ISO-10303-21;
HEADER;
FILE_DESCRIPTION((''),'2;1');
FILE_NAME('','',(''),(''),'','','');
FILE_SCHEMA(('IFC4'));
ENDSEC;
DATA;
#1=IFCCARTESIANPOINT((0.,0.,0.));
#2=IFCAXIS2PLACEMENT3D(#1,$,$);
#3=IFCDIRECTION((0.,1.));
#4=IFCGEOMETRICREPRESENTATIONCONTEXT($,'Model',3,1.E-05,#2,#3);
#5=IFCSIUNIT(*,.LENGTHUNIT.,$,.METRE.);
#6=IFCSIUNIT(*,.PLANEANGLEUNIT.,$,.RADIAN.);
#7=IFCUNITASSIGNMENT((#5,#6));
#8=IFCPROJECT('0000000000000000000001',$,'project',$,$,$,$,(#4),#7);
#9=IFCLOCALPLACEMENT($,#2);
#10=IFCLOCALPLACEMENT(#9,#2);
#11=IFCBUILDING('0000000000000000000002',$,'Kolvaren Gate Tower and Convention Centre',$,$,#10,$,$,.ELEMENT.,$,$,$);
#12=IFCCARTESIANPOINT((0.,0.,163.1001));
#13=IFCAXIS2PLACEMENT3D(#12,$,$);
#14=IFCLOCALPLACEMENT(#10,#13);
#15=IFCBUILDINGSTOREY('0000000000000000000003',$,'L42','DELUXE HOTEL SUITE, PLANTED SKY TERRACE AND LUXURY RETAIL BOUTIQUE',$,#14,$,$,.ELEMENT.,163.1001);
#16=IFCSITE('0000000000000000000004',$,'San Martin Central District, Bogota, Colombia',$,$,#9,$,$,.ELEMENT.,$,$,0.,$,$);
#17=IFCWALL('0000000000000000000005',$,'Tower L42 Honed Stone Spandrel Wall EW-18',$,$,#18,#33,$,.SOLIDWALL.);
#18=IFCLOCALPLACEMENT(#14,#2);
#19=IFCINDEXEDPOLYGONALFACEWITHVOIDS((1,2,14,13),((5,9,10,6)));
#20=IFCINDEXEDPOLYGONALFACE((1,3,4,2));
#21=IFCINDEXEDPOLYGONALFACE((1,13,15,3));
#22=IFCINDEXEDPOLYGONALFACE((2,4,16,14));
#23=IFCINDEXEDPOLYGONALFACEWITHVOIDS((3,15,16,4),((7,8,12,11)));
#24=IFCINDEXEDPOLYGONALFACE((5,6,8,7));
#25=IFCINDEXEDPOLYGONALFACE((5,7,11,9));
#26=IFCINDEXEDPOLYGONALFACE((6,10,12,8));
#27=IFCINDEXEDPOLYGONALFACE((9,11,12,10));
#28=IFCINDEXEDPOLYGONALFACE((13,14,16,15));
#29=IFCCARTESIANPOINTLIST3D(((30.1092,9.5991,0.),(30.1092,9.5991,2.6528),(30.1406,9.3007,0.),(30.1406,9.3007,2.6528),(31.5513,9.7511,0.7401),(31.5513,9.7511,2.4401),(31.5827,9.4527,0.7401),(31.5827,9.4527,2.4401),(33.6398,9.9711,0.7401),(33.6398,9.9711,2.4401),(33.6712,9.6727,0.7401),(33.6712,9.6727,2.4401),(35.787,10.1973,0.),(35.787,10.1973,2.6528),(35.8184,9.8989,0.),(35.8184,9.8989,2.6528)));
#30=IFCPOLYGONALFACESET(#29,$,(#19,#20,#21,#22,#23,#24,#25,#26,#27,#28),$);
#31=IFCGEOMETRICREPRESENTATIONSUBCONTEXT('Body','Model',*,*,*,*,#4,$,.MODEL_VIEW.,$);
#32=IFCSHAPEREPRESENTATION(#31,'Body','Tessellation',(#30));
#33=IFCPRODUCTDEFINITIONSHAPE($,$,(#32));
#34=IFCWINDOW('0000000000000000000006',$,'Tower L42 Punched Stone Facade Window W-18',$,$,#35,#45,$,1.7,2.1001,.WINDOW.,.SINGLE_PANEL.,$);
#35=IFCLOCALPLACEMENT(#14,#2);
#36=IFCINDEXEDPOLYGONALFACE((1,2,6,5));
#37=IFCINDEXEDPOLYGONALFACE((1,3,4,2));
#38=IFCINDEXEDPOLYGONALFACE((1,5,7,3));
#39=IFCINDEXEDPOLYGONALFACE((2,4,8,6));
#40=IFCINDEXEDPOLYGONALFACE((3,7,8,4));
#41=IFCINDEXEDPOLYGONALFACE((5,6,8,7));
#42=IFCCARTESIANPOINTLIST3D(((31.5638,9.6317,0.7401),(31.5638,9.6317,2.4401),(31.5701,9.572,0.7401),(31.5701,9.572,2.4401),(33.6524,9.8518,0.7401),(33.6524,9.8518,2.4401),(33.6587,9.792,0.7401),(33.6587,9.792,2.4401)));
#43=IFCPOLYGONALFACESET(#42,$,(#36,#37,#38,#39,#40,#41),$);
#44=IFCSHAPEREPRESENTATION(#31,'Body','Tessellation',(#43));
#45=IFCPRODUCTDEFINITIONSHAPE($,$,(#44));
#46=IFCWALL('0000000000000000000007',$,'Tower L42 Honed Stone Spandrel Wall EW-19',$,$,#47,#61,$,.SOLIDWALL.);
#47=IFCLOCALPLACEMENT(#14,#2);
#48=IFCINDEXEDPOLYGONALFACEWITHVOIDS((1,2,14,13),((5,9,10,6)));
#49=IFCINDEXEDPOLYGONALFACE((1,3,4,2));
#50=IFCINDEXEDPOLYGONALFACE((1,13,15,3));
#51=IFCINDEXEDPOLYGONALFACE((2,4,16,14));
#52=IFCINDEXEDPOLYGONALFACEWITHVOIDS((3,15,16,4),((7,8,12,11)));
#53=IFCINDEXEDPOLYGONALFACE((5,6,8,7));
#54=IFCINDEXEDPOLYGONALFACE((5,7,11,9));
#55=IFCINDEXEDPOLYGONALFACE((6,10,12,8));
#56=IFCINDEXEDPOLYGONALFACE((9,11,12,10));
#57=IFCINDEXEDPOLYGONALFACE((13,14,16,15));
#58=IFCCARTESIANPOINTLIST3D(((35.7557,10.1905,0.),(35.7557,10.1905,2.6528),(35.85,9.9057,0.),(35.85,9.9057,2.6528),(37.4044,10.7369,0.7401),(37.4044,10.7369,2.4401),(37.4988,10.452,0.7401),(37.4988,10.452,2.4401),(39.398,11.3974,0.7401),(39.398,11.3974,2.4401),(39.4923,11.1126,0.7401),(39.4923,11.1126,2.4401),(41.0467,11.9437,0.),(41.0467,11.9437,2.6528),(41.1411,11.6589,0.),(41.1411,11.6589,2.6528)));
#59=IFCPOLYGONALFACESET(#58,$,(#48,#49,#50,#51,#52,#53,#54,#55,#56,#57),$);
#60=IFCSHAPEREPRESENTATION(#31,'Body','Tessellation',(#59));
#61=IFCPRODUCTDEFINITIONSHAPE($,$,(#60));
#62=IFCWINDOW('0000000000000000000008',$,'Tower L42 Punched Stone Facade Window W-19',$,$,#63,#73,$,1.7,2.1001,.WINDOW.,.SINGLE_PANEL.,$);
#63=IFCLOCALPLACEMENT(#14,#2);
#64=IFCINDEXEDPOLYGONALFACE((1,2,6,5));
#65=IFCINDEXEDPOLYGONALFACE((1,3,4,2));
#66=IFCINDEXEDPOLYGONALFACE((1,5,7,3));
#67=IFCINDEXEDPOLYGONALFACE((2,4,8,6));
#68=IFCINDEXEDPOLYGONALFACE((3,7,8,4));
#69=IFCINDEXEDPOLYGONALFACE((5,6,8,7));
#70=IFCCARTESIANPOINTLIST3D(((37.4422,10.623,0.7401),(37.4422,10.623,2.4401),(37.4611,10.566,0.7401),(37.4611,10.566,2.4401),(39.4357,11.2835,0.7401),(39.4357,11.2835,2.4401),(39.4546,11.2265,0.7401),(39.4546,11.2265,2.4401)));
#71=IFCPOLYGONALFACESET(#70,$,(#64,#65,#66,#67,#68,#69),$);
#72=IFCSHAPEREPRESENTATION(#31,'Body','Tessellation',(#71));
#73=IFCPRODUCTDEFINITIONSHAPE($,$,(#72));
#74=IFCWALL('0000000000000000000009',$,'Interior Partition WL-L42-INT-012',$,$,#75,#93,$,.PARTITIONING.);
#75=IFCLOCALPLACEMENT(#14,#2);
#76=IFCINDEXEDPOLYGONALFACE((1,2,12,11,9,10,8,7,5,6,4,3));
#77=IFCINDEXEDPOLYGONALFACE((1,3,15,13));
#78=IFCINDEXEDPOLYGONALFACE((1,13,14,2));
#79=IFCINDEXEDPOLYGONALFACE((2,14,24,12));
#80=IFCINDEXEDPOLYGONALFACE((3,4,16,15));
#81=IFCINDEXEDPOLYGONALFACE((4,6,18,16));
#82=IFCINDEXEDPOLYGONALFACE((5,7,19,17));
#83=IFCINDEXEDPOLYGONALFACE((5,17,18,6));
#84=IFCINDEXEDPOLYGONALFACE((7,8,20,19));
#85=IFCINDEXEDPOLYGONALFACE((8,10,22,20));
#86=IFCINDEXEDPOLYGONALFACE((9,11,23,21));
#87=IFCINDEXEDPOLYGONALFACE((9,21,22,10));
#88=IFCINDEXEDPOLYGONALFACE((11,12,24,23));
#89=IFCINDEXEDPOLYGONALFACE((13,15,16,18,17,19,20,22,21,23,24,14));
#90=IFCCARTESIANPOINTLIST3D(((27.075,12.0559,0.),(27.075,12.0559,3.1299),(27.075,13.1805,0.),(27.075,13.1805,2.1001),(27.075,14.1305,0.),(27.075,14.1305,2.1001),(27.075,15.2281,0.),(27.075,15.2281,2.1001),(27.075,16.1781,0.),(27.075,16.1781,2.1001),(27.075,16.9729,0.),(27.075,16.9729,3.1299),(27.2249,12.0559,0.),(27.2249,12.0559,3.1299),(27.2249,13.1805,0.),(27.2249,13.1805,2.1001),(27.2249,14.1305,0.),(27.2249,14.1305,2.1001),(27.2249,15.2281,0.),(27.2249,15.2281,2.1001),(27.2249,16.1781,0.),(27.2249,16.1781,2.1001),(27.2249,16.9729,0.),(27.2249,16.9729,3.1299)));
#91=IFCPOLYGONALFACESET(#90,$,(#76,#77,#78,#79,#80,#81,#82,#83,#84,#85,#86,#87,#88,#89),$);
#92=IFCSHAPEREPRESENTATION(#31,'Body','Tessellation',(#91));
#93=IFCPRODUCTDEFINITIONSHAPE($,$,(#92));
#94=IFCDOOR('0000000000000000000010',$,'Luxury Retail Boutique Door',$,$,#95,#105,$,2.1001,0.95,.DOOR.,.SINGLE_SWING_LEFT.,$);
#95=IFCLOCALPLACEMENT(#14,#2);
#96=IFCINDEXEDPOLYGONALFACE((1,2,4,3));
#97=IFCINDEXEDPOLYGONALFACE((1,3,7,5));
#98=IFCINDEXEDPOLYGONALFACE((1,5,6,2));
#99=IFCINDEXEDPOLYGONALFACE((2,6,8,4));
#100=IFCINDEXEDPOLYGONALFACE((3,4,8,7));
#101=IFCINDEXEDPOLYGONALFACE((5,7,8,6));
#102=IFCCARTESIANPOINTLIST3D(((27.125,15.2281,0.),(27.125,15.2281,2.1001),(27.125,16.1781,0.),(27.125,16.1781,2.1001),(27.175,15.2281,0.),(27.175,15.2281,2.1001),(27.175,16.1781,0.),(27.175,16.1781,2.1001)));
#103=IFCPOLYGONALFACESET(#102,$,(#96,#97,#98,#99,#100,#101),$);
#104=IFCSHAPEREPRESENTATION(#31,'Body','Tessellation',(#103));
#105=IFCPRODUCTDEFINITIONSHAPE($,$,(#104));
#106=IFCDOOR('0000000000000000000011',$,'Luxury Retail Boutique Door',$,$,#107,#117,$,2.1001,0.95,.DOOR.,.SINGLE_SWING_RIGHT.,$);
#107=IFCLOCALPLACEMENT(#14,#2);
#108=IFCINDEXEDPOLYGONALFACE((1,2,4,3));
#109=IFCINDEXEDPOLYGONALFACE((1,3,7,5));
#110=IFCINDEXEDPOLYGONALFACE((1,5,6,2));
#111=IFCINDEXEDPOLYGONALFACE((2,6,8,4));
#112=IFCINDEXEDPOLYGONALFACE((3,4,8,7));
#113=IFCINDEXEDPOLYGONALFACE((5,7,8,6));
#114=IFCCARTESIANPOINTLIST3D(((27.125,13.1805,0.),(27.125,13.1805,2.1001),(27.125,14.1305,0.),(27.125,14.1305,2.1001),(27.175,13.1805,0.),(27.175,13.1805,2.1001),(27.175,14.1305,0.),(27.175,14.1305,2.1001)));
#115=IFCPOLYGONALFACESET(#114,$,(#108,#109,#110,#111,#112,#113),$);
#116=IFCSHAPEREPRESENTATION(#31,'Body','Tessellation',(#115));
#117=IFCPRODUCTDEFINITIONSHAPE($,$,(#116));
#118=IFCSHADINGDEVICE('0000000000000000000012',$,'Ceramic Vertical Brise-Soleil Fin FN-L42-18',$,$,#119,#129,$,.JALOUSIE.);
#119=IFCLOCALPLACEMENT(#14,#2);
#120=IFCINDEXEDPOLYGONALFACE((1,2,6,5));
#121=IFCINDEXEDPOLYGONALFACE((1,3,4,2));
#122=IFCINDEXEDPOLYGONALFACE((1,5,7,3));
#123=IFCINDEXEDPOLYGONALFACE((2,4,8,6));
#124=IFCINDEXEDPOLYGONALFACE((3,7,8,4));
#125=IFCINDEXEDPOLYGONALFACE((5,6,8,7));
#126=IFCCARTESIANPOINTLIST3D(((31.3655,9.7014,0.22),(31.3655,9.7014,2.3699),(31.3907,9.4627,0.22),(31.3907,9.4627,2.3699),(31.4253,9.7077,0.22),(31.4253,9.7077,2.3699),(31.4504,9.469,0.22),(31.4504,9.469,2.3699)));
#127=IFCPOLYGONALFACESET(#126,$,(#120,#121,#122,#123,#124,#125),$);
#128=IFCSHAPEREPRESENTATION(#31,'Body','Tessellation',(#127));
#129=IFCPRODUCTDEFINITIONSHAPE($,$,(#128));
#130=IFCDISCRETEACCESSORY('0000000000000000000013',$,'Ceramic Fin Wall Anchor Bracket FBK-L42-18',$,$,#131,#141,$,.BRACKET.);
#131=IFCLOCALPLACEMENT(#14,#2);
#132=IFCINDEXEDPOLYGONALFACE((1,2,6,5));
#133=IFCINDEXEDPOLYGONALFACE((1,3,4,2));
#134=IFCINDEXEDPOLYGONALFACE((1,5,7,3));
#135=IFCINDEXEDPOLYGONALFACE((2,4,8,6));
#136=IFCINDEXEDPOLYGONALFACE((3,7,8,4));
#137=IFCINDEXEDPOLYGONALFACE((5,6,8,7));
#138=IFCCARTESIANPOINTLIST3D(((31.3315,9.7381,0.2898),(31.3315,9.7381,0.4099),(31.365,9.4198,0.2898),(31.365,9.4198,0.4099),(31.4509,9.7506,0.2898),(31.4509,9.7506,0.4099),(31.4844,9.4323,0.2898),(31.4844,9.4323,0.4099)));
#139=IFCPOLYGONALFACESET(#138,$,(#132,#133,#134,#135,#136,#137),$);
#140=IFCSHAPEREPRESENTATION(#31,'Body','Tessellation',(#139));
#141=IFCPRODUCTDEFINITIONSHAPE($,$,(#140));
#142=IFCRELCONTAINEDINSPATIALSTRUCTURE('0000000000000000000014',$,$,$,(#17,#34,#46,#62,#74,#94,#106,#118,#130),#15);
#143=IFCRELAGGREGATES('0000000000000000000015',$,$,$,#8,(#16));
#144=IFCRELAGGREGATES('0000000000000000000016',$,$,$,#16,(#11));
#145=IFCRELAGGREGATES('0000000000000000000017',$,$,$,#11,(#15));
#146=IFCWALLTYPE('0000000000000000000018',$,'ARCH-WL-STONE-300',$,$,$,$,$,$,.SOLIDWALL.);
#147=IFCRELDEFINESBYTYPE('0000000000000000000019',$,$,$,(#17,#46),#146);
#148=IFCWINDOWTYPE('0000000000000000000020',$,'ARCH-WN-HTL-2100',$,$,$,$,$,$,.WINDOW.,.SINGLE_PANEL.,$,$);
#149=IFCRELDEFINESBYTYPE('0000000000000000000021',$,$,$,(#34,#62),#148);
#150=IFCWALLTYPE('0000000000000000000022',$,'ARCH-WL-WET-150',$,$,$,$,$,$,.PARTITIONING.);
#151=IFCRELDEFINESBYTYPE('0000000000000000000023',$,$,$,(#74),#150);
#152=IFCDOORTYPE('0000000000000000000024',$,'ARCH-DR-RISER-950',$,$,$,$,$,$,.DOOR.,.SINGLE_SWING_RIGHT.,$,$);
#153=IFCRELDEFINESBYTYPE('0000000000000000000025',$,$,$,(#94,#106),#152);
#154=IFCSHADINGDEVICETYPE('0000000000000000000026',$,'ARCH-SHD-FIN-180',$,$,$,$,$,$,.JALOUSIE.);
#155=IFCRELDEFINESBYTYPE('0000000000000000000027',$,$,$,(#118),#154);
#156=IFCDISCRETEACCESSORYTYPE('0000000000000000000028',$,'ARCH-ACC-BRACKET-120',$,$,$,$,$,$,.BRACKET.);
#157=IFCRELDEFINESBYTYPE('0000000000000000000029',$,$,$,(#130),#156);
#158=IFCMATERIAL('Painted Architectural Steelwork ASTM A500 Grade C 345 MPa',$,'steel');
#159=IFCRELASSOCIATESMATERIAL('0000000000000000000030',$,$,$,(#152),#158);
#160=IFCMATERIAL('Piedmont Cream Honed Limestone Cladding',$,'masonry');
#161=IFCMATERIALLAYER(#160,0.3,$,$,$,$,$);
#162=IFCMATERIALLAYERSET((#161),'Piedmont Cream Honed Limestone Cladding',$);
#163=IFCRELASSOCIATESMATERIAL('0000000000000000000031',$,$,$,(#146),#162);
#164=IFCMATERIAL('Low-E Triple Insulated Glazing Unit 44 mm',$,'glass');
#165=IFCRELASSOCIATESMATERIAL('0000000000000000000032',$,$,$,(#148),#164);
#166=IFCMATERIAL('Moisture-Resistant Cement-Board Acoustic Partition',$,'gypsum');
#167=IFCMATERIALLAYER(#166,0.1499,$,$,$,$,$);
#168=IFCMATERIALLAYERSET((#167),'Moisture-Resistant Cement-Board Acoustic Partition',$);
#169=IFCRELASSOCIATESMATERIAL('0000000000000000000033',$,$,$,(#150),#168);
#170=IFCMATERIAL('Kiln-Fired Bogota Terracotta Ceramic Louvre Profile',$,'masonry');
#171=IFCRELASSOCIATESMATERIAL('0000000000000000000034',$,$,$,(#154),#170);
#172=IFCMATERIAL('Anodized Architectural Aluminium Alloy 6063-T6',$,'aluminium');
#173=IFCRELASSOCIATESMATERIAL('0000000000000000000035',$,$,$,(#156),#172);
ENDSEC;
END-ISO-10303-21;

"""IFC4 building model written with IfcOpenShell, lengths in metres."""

from ifc_helpers import new_model, si_unit, direction, frame, frame_2d, origin, origin_2d, place, context, subcontext, project, spatial, rectangle, extrude, material, layer, layer_set, type_object, element, fill, save


model = new_model("IFC4")

# Units and contexts
model_context = context("Model", 3, precision=1e-05, world=origin(), true_north=direction((0.0, 1.0)))
body_context = subcontext(model_context, "Body", "Model", "MODEL_VIEW")
ifc_project = project(units=[si_unit("LENGTHUNIT", "METRE"), si_unit("PLANEANGLEUNIT", "RADIAN")], contexts=[model_context])

# Site, building, storey
site_placement = place(None, origin())
site = spatial("IfcSite", under=ifc_project, at=site_placement, Name="San Martin Central District, Bogota, Colombia", CompositionType="ELEMENT", RefElevation=0.0)
building_placement = place(site_placement, origin())
building = spatial("IfcBuilding", under=site, at=building_placement, Name="Kolvaren Gate Tower and Convention Centre", CompositionType="ELEMENT")
storey_placement = place(building_placement, frame((0.0, 0.0, 163.1001)))
storey = spatial("IfcBuildingStorey", under=building, at=storey_placement, Name="L42", Description="DELUXE HOTEL SUITE, PLANTED SKY TERRACE AND LUXURY RETAIL BOUTIQUE", CompositionType="ELEMENT", Elevation=163.1001)

# Shared definitions
ifc_material_1 = material(Name="Painted Architectural Steelwork ASTM A500 Grade C 345 MPa", Category="steel")
door_type = type_object("IfcDoorType", Name="ARCH-DR-RISER-950", OperationType="SINGLE_SWING_RIGHT", PredefinedType="DOOR", material=ifc_material_1)

# Shared definitions
ifc_material_2 = material(Name="Piedmont Cream Honed Limestone Cladding", Category="masonry")

# Walls, openings, windows
ifc_layer_1 = layer(ifc_material_2, 0.3)
ifc_layer_set_1 = layer_set([ifc_layer_1], Name="Piedmont Cream Honed Limestone Cladding")
wall_type_1 = type_object("IfcWallType", Name="ARCH-WL-STONE-300", PredefinedType="SOLIDWALL", material=ifc_layer_set_1)
wall_1_placement = place(storey_placement, frame((30.125, 9.45, 0.0), z_axis=(0.0, 0.0, 1.0), x_axis=(0.994497, 0.104769, 0.0)))
wall_1 = element("IfcWall", 1, at=wall_1_placement, inside=storey, type_object=wall_type_1, Name="Tower L42 Honed Stone Spandrel Wall EW-18", PredefinedType="SOLIDWALL", context=body_context, shape_type="SweptSolid", body=[
    extrude(rectangle(XDim=5.7092, YDim=0.3, at=frame_2d((2.8545, 0.0))), origin(), (0.0, 0.0, 1.0), 2.6528),
])
opening_1_placement = place(wall_1_placement, frame((1.45, 0.0, 0.74)))
opening_1 = element("IfcOpeningElement", 2, at=opening_1_placement, cuts=wall_1, PredefinedType="OPENING", context=body_context, shape_type="SweptSolid", body=[
    extrude(rectangle(XDim=2.1001, YDim=1.7, at=frame_2d((1.05, 0.8501))), frame((0.0, 0.1599, 0.0), z_axis=(0.0, -1.0, 0.0), x_axis=(1.0, 0.0, 0.0)), (0.0, 0.0, 1.0), 0.3201),
])
ifc_material_3 = material(Name="Low-E Triple Insulated Glazing Unit 44 mm", Category="glass")
window_type = type_object("IfcWindowType", Name="ARCH-WN-HTL-2100", PartitioningType="SINGLE_PANEL", PredefinedType="WINDOW", material=ifc_material_3)
window_1_placement = place(opening_1_placement, origin())
window_1 = element("IfcWindow", 3, at=window_1_placement, inside=storey, type_object=window_type, Name="Tower L42 Punched Stone Facade Window W-18", OverallHeight=1.7, OverallWidth=2.1001, PartitioningType="SINGLE_PANEL", PredefinedType="WINDOW", context=body_context, shape_type="SweptSolid", body=[
    extrude(rectangle(XDim=2.1001, YDim=1.7, at=frame_2d((1.05, 0.8501))), frame((0.0, 0.03, 0.0), z_axis=(0.0, -1.0, 0.0), x_axis=(1.0, 0.0, 0.0)), (0.0, 0.0, 1.0), 0.0601),
])
fill(opening_1, window_1)
wall_2_placement = place(storey_placement, frame((35.8027, 10.0481, 0.0), z_axis=(0.0, 0.0, 1.0), x_axis=(0.949247, 0.314532, 0.0)))
wall_2 = element("IfcWall", 4, at=wall_2_placement, inside=storey, type_object=wall_type_1, Name="Tower L42 Honed Stone Spandrel Wall EW-19", PredefinedType="SOLIDWALL", context=body_context, shape_type="SweptSolid", body=[
    extrude(rectangle(XDim=5.574, YDim=0.3, at=frame_2d((2.7871, 0.0))), origin(), (0.0, 0.0, 1.0), 2.6528),
])
opening_2_placement = place(wall_2_placement, frame((1.7371, 0.0, 0.74)))
opening_2 = element("IfcOpeningElement", 5, at=opening_2_placement, cuts=wall_2, PredefinedType="OPENING", context=body_context, shape_type="SweptSolid", body=[
    extrude(rectangle(XDim=2.1001, YDim=1.7, at=frame_2d((1.05, 0.8501))), frame((0.0, 0.1599, 0.0), z_axis=(0.0, -1.0, 0.0), x_axis=(1.0, 0.0, 0.0)), (0.0, 0.0, 1.0), 0.3201),
])
window_2_placement = place(opening_2_placement, origin())
window_2 = element("IfcWindow", 6, at=window_2_placement, inside=storey, type_object=window_type, Name="Tower L42 Punched Stone Facade Window W-19", OverallHeight=1.7, OverallWidth=2.1001, PartitioningType="SINGLE_PANEL", PredefinedType="WINDOW", context=body_context, shape_type="SweptSolid", body=[
    extrude(rectangle(XDim=2.1001, YDim=1.7, at=frame_2d((1.05, 0.8501))), frame((0.0, 0.03, 0.0), z_axis=(0.0, -1.0, 0.0), x_axis=(1.0, 0.0, 0.0)), (0.0, 0.0, 1.0), 0.0601),
])
fill(opening_2, window_2)

# Wall, openings, doors
ifc_material_4 = material(Name="Moisture-Resistant Cement-Board Acoustic Partition", Category="gypsum")
ifc_layer_2 = layer(ifc_material_4, 0.1499)
ifc_layer_set_2 = layer_set([ifc_layer_2], Name="Moisture-Resistant Cement-Board Acoustic Partition")
wall_type_2 = type_object("IfcWallType", Name="ARCH-WL-WET-150", PredefinedType="PARTITIONING", material=ifc_layer_set_2)
wall_3_placement = place(storey_placement, frame((27.1499, 12.0559, 0.0), z_axis=(0.0, 0.0, 1.0), x_axis=(0.0, 1.0, 0.0)))
wall_3 = element("IfcWall", 7, at=wall_3_placement, inside=storey, type_object=wall_type_2, Name="Interior Partition WL-L42-INT-012", PredefinedType="PARTITIONING", context=body_context, shape_type="SweptSolid", body=[
    extrude(rectangle(XDim=4.917, YDim=0.1499, at=frame_2d((2.4585, 0.0))), origin(), (0.0, 0.0, 1.0), 3.1299),
])
opening_3_placement = place(wall_3_placement, frame((3.1721, 0.0, 0.0)))
opening_3 = element("IfcOpeningElement", 8, at=opening_3_placement, cuts=wall_3, PredefinedType="OPENING", context=body_context, shape_type="SweptSolid", body=[
    extrude(rectangle(XDim=0.95, YDim=2.1001, at=frame_2d((0.4751, 1.05))), frame((0.0, 0.085, 0.0), z_axis=(0.0, -1.0, 0.0), x_axis=(1.0, 0.0, 0.0)), (0.0, 0.0, 1.0), 0.1699),
])
opening_4_placement = place(wall_3_placement, frame((1.1245, 0.0, 0.0)))
opening_4 = element("IfcOpeningElement", 9, at=opening_4_placement, cuts=wall_3, PredefinedType="OPENING", context=body_context, shape_type="SweptSolid", body=[
    extrude(rectangle(XDim=0.95, YDim=2.1001, at=frame_2d((0.4751, 1.05))), frame((0.0, 0.085, 0.0), z_axis=(0.0, -1.0, 0.0), x_axis=(1.0, 0.0, 0.0)), (0.0, 0.0, 1.0), 0.1699),
])
door_1_placement = place(opening_3_placement, origin())
door_1 = element("IfcDoor", 10, at=door_1_placement, inside=storey, type_object=door_type, Name="Luxury Retail Boutique Door", OperationType="SINGLE_SWING_LEFT", OverallHeight=2.1001, OverallWidth=0.95, PredefinedType="DOOR", context=body_context, shape_type="SweptSolid", body=[
    extrude(rectangle(XDim=0.95, YDim=2.1001, at=frame_2d((0.4751, 1.05))), frame((0.0, 0.0249, 0.0), z_axis=(0.0, -1.0, 0.0), x_axis=(1.0, 0.0, 0.0)), (0.0, 0.0, 1.0), 0.05),
])
fill(opening_3, door_1)
door_2_placement = place(opening_4_placement, origin())
door_2 = element("IfcDoor", 11, at=door_2_placement, inside=storey, type_object=door_type, Name="Luxury Retail Boutique Door", OperationType="SINGLE_SWING_RIGHT", OverallHeight=2.1001, OverallWidth=0.95, PredefinedType="DOOR", context=body_context, shape_type="SweptSolid", body=[
    extrude(rectangle(XDim=0.95, YDim=2.1001, at=frame_2d((0.4751, 1.05))), frame((0.0, 0.0249, 0.0), z_axis=(0.0, -1.0, 0.0), x_axis=(1.0, 0.0, 0.0)), (0.0, 0.0, 1.0), 0.05),
])
fill(opening_4, door_2)

# Shading device
ifc_material_5 = material(Name="Kiln-Fired Bogota Terracotta Ceramic Louvre Profile", Category="masonry")
shading_device_type = type_object("IfcShadingDeviceType", Name="ARCH-SHD-FIN-180", PredefinedType="JALOUSIE", material=ifc_material_5)
shading_device_placement = place(storey_placement, frame((31.408, 9.5852, 0.22), z_axis=(0.0, 0.0, 1.0), x_axis=(0.994499, 0.104744, 0.0)))
element("IfcShadingDevice", 12, at=shading_device_placement, inside=storey, type_object=shading_device_type, Name="Ceramic Vertical Brise-Soleil Fin FN-L42-18", PredefinedType="JALOUSIE", context=body_context, shape_type="SweptSolid", body=[
    extrude(rectangle(XDim=0.0601, YDim=0.24, at=origin_2d()), origin(), (0.0, 0.0, 1.0), 2.1499),
])

# Discrete accessory
ifc_material_6 = material(Name="Anodized Architectural Aluminium Alloy 6063-T6", Category="aluminium")
discrete_accessory_type = type_object("IfcDiscreteAccessoryType", Name="ARCH-ACC-BRACKET-120", PredefinedType="BRACKET", material=ifc_material_6)
discrete_accessory_placement = place(storey_placement, frame((31.408, 9.5852, 0.2898), z_axis=(0.0, 0.0, 1.0), x_axis=(0.994499, 0.104744, 0.0)))
element("IfcDiscreteAccessory", 13, at=discrete_accessory_placement, inside=storey, type_object=discrete_accessory_type, Name="Ceramic Fin Wall Anchor Bracket FBK-L42-18", PredefinedType="BRACKET", context=body_context, shape_type="SweptSolid", body=[
    extrude(rectangle(XDim=0.1201, YDim=0.3201, at=origin_2d()), origin(), (0.0, 0.0, 1.0), 0.1201),
])

save(model, "model.ifc")
